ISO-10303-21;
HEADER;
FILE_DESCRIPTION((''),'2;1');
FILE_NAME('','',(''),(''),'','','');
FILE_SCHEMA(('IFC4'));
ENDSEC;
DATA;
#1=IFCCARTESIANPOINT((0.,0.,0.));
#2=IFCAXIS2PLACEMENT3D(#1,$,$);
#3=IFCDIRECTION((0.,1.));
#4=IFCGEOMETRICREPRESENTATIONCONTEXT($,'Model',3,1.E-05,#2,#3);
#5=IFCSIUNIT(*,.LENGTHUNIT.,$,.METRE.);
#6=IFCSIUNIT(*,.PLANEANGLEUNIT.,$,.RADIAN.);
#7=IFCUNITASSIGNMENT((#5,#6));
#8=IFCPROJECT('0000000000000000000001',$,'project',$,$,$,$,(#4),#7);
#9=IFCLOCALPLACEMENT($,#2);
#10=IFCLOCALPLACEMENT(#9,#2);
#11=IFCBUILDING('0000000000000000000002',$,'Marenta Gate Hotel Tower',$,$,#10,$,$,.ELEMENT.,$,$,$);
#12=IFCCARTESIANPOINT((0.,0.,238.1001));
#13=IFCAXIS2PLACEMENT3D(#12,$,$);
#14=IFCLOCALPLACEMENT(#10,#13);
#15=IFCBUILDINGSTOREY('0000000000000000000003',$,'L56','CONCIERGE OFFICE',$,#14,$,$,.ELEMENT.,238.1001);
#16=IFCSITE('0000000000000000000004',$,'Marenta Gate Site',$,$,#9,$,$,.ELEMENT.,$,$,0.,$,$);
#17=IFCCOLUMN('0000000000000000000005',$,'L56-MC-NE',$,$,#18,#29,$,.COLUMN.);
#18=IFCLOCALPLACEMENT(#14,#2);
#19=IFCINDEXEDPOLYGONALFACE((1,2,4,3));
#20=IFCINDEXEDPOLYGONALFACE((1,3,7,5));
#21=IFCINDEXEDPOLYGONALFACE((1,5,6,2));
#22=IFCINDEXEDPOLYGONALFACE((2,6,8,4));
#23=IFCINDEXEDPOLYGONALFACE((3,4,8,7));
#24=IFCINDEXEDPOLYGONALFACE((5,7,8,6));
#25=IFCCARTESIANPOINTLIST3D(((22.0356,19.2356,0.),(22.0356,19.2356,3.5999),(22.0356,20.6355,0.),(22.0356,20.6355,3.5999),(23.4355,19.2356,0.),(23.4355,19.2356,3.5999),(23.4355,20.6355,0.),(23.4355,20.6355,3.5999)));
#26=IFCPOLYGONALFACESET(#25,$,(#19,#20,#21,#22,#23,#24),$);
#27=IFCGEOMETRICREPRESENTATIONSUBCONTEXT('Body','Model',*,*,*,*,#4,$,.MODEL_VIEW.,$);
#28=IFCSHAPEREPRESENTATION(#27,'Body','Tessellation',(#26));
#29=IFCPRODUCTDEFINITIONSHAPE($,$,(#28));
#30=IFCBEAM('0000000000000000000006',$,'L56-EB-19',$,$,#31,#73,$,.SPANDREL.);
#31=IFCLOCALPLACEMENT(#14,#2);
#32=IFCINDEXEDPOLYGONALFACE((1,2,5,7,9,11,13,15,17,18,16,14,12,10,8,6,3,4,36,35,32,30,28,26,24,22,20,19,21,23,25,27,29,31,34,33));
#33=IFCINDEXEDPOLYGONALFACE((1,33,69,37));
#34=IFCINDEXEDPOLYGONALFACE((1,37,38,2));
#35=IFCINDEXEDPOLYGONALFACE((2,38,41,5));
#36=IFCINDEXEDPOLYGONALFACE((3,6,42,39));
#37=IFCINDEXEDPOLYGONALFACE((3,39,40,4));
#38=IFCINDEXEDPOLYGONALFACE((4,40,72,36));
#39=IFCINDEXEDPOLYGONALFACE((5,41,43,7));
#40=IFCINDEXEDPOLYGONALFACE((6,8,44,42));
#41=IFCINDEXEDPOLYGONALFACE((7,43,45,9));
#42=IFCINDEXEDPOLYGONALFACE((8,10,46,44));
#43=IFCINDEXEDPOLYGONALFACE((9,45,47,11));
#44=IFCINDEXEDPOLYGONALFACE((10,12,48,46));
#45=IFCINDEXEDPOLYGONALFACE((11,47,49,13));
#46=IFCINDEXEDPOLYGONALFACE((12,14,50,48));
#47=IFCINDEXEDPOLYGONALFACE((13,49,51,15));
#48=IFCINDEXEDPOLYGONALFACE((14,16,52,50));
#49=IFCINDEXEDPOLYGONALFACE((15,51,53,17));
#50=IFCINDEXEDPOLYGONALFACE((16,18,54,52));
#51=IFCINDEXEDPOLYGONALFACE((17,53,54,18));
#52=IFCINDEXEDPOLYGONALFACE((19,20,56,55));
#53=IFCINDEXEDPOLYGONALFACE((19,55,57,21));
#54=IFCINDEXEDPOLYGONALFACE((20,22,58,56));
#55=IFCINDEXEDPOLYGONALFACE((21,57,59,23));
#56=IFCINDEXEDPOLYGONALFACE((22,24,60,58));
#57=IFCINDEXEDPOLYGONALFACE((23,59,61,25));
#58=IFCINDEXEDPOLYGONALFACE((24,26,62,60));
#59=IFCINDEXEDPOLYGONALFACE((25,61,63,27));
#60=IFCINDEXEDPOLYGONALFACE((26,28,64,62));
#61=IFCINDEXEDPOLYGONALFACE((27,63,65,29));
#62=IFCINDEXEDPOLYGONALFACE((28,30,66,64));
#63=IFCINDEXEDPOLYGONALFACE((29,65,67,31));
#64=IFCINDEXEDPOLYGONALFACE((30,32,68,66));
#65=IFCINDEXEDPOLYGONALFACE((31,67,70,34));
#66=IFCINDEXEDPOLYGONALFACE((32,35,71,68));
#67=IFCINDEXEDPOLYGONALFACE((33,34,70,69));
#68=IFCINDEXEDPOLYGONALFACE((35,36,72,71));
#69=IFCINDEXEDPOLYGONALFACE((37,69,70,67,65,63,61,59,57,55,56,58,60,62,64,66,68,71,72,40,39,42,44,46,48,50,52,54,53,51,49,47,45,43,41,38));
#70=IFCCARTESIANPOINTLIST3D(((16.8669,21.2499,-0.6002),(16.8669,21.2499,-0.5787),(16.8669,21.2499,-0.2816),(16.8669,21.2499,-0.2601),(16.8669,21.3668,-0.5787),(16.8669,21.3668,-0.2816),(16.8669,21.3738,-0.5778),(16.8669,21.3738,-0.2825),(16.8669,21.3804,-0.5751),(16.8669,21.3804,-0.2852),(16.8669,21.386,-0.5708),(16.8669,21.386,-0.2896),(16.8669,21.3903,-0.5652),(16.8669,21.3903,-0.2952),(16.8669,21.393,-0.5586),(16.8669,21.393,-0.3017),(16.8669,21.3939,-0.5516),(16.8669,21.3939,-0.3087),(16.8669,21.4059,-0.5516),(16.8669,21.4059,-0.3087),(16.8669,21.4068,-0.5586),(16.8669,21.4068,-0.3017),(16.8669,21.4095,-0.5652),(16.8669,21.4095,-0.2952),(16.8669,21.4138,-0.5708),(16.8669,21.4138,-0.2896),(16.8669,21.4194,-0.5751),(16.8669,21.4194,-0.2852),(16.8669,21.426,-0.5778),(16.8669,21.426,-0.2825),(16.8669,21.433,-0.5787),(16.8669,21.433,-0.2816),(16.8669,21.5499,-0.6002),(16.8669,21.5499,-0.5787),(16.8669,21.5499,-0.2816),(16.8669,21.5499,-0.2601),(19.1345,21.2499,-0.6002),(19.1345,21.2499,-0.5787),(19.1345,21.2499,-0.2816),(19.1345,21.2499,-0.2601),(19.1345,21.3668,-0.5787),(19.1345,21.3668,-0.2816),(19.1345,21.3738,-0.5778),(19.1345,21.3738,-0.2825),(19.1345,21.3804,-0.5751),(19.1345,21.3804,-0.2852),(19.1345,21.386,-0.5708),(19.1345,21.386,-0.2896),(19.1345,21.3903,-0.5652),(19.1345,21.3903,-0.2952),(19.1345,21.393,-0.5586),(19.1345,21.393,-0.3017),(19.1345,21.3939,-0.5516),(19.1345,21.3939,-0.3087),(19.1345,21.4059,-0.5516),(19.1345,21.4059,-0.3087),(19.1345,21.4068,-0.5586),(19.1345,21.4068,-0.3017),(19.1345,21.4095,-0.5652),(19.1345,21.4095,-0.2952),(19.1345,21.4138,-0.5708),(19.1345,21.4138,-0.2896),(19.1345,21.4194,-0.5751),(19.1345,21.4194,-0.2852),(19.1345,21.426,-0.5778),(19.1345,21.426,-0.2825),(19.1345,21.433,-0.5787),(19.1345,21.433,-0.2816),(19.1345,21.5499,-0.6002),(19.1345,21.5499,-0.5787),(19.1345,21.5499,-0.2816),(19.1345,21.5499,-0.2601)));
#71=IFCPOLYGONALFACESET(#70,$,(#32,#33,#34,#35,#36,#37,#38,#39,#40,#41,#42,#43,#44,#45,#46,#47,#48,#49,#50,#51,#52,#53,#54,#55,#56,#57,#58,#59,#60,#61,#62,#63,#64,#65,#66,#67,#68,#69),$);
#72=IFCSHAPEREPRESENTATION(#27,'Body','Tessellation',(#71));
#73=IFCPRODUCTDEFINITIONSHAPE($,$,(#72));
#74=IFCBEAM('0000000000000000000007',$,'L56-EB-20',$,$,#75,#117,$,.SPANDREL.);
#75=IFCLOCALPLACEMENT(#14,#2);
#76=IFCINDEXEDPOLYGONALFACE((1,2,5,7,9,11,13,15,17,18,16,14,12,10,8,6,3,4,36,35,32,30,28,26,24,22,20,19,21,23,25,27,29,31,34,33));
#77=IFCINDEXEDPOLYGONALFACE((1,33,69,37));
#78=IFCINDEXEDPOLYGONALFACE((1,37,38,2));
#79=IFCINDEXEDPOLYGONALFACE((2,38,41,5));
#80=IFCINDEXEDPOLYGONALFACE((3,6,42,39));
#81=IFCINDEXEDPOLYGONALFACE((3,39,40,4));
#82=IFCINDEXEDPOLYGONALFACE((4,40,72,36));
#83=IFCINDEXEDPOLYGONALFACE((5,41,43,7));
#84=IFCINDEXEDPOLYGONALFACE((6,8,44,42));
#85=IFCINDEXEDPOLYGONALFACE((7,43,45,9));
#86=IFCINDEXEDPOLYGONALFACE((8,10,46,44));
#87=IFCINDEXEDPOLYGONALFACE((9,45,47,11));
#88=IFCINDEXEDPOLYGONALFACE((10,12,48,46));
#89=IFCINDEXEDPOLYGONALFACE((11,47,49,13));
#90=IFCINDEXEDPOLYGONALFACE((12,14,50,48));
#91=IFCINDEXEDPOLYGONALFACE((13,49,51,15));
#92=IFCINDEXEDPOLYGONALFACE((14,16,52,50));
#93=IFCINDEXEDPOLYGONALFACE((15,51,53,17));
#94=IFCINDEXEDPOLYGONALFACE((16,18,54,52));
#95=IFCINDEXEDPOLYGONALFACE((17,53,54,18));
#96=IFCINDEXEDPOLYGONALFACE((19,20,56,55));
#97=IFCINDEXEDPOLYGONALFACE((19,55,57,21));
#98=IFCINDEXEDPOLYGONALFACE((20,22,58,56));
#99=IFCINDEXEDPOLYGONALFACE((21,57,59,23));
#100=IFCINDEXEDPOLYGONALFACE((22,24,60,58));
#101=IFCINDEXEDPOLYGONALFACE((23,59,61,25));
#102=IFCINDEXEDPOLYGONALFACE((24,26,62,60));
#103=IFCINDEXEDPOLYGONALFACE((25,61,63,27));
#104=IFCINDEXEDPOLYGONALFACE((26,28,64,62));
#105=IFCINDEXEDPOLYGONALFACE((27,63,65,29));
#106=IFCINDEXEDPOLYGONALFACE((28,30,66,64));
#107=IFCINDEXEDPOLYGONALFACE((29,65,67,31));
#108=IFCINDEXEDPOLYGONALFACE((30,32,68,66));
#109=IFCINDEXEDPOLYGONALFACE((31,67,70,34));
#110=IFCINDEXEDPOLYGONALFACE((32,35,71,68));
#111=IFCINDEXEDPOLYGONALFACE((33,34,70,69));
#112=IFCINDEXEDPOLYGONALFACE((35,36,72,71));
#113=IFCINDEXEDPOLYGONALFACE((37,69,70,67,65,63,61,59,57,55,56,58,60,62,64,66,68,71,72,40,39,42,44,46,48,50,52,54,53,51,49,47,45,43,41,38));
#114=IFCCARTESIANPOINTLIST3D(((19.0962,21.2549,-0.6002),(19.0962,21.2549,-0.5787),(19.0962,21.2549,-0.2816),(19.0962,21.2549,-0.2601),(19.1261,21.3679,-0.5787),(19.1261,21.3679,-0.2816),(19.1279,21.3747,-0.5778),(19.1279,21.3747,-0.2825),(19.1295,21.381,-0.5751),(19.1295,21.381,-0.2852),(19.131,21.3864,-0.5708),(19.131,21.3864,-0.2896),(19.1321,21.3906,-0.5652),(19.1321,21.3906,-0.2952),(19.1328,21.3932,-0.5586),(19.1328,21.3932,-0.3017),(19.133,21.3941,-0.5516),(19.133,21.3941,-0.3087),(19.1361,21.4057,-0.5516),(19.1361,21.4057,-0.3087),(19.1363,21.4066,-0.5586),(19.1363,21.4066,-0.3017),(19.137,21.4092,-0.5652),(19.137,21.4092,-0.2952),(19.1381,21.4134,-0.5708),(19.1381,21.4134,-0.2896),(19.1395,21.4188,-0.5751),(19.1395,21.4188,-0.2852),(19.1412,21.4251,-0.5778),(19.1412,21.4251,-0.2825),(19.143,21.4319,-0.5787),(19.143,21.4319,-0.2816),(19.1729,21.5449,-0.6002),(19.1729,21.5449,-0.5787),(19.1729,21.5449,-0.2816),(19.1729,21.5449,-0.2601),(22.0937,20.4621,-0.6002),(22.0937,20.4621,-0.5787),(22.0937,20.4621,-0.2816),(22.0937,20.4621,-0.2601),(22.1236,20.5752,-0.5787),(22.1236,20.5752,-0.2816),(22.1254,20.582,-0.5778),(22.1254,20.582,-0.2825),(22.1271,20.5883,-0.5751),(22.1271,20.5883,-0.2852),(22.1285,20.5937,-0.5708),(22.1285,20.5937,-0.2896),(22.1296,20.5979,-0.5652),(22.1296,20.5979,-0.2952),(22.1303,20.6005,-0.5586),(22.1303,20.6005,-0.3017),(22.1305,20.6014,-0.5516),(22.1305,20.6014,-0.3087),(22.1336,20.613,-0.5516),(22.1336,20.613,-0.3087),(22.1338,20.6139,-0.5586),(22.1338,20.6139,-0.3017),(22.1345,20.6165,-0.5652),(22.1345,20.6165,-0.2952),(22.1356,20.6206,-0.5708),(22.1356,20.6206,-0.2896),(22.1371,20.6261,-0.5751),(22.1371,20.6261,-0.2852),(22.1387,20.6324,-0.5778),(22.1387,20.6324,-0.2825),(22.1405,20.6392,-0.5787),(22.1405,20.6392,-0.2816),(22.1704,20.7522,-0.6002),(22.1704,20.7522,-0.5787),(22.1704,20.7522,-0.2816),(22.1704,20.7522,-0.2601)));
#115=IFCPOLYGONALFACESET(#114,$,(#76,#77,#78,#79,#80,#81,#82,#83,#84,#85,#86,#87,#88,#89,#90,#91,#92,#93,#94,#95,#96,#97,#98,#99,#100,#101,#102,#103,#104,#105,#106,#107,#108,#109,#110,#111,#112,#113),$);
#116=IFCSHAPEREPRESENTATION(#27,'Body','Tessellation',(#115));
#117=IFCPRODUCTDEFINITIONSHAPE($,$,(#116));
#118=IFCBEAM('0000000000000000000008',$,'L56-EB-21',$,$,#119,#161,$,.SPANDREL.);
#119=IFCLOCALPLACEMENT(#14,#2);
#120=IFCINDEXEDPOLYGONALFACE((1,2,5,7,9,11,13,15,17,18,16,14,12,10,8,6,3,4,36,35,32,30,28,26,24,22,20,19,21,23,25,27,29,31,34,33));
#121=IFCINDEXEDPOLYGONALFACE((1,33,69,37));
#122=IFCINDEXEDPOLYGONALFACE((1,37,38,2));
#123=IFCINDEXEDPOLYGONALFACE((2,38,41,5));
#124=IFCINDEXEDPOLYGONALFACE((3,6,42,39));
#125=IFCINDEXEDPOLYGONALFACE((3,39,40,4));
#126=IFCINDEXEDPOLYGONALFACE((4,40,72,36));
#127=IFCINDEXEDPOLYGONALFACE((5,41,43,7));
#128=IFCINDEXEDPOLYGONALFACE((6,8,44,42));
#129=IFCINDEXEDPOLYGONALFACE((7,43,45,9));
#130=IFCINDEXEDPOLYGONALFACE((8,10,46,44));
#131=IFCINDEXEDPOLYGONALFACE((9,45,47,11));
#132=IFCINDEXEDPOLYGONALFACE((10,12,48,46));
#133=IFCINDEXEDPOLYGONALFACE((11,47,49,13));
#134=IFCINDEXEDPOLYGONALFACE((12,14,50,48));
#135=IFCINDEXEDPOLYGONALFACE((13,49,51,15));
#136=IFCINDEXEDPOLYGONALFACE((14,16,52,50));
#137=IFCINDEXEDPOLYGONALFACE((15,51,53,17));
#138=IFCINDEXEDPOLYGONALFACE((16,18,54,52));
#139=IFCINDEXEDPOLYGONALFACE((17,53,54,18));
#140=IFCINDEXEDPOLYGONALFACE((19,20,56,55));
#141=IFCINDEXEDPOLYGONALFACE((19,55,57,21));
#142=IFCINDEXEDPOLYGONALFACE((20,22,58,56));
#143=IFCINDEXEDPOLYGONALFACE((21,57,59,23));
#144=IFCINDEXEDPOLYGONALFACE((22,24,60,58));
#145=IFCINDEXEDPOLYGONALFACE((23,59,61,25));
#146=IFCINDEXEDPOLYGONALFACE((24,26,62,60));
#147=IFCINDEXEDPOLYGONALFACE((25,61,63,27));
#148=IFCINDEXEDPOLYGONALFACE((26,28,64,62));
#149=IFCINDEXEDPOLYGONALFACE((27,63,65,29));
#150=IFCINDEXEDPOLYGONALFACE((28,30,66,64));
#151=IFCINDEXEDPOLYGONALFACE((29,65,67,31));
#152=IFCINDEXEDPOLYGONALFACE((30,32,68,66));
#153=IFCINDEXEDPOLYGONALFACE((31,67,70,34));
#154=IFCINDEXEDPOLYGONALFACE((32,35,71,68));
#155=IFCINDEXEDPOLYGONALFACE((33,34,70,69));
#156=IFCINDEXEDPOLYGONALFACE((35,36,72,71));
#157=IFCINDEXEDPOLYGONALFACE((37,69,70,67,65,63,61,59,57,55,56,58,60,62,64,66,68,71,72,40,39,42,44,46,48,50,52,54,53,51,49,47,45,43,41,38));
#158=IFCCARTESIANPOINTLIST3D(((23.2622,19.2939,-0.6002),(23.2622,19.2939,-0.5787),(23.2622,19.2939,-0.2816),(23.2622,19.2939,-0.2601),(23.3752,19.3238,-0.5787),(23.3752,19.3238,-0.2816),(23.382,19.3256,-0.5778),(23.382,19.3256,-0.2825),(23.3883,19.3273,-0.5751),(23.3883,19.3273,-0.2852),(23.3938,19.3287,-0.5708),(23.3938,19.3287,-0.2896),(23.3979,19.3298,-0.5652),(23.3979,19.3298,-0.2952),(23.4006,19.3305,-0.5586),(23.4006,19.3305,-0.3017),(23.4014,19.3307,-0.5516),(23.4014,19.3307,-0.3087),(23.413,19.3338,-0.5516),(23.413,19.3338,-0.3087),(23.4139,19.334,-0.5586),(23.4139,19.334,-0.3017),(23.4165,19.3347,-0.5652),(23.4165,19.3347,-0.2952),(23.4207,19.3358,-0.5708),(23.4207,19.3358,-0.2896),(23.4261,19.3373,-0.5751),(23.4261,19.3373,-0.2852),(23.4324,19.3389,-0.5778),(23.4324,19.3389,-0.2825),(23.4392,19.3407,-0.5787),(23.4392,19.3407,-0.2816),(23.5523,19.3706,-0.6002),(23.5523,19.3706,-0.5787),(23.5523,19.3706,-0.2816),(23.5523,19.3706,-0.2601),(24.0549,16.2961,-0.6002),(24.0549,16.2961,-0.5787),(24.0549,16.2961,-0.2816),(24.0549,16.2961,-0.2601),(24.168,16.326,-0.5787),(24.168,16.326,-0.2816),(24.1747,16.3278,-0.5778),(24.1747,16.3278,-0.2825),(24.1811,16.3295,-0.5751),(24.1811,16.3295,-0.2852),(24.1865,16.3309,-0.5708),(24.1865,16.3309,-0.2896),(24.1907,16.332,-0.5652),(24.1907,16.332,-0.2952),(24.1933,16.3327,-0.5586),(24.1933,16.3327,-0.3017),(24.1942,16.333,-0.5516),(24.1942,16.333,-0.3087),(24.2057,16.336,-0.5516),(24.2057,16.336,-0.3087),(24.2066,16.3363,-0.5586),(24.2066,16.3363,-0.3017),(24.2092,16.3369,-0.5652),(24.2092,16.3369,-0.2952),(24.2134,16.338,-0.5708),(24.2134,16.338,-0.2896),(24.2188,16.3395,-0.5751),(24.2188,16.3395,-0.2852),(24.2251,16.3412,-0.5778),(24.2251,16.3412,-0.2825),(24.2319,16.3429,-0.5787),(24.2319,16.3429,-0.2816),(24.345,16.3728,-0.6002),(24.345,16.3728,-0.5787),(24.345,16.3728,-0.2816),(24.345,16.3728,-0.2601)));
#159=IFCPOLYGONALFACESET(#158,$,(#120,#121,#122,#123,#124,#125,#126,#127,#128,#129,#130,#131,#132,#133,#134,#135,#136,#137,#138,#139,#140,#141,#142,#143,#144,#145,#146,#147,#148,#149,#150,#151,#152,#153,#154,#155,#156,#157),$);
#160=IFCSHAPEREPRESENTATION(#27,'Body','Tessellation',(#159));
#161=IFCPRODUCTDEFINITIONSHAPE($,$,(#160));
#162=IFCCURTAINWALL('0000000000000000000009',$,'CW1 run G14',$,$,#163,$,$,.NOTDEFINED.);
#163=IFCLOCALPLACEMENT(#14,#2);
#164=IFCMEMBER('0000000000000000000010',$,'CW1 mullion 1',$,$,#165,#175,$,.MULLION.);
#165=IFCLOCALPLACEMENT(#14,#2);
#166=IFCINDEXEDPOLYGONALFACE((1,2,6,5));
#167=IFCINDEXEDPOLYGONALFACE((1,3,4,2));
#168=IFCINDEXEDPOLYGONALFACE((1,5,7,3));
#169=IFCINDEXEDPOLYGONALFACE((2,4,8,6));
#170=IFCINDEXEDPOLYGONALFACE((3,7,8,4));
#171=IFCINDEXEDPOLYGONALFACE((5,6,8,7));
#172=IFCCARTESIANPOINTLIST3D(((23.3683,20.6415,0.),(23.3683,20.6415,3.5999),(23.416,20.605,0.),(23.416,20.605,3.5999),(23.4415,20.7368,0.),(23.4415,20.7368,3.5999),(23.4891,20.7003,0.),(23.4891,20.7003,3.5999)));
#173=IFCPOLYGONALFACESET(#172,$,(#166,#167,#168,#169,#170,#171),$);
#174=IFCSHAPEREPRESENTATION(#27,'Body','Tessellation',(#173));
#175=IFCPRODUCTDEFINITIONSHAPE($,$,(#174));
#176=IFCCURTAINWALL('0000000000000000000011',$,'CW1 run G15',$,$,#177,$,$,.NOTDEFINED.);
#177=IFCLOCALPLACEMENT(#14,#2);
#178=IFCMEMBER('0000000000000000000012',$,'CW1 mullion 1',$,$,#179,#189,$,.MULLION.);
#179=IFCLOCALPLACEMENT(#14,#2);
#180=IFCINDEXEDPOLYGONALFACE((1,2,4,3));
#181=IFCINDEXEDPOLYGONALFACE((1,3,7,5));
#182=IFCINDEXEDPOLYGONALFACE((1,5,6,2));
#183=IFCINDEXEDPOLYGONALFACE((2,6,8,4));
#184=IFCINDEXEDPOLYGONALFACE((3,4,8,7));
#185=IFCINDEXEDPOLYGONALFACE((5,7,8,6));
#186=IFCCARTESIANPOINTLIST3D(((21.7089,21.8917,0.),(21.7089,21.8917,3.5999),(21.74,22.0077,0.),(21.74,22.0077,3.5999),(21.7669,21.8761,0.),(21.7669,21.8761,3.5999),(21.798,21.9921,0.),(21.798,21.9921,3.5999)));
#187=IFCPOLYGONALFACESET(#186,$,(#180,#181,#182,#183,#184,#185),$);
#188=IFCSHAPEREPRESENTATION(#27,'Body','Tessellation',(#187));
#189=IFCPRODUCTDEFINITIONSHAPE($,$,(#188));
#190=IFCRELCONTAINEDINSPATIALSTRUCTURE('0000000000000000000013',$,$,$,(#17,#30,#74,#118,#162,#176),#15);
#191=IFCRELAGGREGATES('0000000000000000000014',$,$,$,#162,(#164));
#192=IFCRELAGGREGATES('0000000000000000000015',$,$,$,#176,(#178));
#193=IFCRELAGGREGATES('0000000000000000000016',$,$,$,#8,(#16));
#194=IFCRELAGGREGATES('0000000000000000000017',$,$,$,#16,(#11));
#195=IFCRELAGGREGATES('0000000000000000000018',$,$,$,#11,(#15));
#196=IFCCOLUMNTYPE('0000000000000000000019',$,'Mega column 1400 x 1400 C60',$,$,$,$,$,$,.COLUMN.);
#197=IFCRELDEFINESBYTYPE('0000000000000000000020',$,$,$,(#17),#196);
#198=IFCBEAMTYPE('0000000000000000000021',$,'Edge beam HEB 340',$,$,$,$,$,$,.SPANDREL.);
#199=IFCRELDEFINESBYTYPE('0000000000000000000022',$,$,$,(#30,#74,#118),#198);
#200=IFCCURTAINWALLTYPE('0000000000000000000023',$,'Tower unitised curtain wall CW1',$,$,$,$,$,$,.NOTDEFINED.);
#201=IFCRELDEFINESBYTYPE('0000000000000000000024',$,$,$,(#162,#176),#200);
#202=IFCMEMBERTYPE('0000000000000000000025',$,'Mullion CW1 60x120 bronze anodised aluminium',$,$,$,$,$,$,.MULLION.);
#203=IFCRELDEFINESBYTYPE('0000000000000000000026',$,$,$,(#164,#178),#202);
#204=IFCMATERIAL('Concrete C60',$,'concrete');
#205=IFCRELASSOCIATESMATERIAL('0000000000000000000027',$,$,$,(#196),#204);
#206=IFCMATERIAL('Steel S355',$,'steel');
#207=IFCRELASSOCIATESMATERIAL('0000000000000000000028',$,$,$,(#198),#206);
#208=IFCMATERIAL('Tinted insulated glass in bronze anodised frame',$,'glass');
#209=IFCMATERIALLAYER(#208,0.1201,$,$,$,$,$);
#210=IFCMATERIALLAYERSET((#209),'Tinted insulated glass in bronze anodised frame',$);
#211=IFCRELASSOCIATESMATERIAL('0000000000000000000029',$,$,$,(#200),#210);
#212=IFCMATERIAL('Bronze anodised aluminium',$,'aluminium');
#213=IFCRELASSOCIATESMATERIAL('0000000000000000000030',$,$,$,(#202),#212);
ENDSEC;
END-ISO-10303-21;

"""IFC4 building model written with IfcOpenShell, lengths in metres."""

from ifc_helpers import new_model, si_unit, direction, frame, origin, origin_2d, place, context, subcontext, project, spatial, rectangle, i_section, extrude, material, layer, layer_set, material_profile, profile_set, type_object, element, aggregate, save


model = new_model("IFC4")

# Units and contexts
model_context = context("Model", 3, precision=1e-05, world=origin(), true_north=direction((0.0, 1.0)))
body_context = subcontext(model_context, "Body", "Model", "MODEL_VIEW")
ifc_project = project(units=[si_unit("LENGTHUNIT", "METRE"), si_unit("PLANEANGLEUNIT", "RADIAN")], contexts=[model_context])

# Site, building, storey
site_placement = place(None, origin())
site = spatial("IfcSite", under=ifc_project, at=site_placement, Name="Marenta Gate Site", CompositionType="ELEMENT", RefElevation=0.0)
building_placement = place(site_placement, origin())
building = spatial("IfcBuilding", under=site, at=building_placement, Name="Marenta Gate Hotel Tower", CompositionType="ELEMENT")
storey_placement = place(building_placement, frame((0.0, 0.0, 238.1001)))
storey = spatial("IfcBuildingStorey", under=building, at=storey_placement, Name="L56", Description="CONCIERGE OFFICE", CompositionType="ELEMENT", Elevation=238.1001)

# Column
ifc_material_1 = material(Name="Concrete C60", Category="concrete")
ifc_material_profile_1 = material_profile(ifc_material_1, rectangle(XDim=1.3999, YDim=1.3999, at=origin_2d()), Name="1400 x 1400")
ifc_profile_set_1 = profile_set([ifc_material_profile_1], Name="Concrete C60")
column_type = type_object("IfcColumnType", Name="Mega column 1400 x 1400 C60", PredefinedType="COLUMN", material=ifc_profile_set_1)
column_placement = place(storey_placement, frame((22.7356, 19.9355, 0.0), z_axis=(0.0, 0.0, 1.0), x_axis=(1.0, 0.0, 0.0)))
element("IfcColumn", 1, at=column_placement, inside=storey, type_object=column_type, Name="L56-MC-NE", PredefinedType="COLUMN", context=body_context, shape_type="SweptSolid", body=[
    extrude(rectangle(XDim=1.3999, YDim=1.3999, at=origin_2d()), origin(), (0.0, 0.0, 1.0), 3.5999),
])

# Beams
ifc_material_2 = material(Name="Steel S355", Category="steel")
ifc_material_profile_2 = material_profile(ifc_material_2, i_section(OverallWidth=0.3, OverallDepth=0.3401, WebThickness=0.012, FlangeThickness=0.0215, FilletRadius=0.0271, at=origin_2d()), Name="HEB 340")
ifc_profile_set_2 = profile_set([ifc_material_profile_2], Name="Steel S355")
beam_type = type_object("IfcBeamType", Name="Edge beam HEB 340", PredefinedType="SPANDREL", material=ifc_profile_set_2)
beam_1_placement = place(storey_placement, frame((16.8669, 21.3999, -0.4302), z_axis=(1.0, 0.0, 0.0), x_axis=(0.0, 1.0, 0.0)))
element("IfcBeam", 2, at=beam_1_placement, inside=storey, type_object=beam_type, Name="L56-EB-19", PredefinedType="SPANDREL", context=body_context, shape_type="SweptSolid", body=[
    extrude(i_section(OverallWidth=0.3, OverallDepth=0.3401, WebThickness=0.012, FlangeThickness=0.0215, FilletRadius=0.0271, at=origin_2d()), origin(), (0.0, 0.0, 1.0), 2.2676),
])
beam_2_placement = place(storey_placement, frame((19.1345, 21.3999, -0.4302), z_axis=(0.966765, -0.255667, 0.0), x_axis=(0.255667, 0.966765, 0.0)))
element("IfcBeam", 3, at=beam_2_placement, inside=storey, type_object=beam_type, Name="L56-EB-20", PredefinedType="SPANDREL", context=body_context, shape_type="SweptSolid", body=[
    extrude(i_section(OverallWidth=0.3, OverallDepth=0.3401, WebThickness=0.012, FlangeThickness=0.0215, FilletRadius=0.0271, at=origin_2d()), origin(), (0.0, 0.0, 1.0), 3.1006),
])
beam_3_placement = place(storey_placement, frame((23.4072, 19.3323, -0.4302), z_axis=(0.255648, -0.96677, 0.0), x_axis=(0.96677, 0.255648, 0.0)))
element("IfcBeam", 4, at=beam_3_placement, inside=storey, type_object=beam_type, Name="L56-EB-21", PredefinedType="SPANDREL", context=body_context, shape_type="SweptSolid", body=[
    extrude(i_section(OverallWidth=0.3, OverallDepth=0.3401, WebThickness=0.012, FlangeThickness=0.0215, FilletRadius=0.0271, at=origin_2d()), origin(), (0.0, 0.0, 1.0), 3.1008),
])

# Curtain wall, member
ifc_material_3 = material(Name="Tinted insulated glass in bronze anodised frame", Category="glass")
ifc_layer_1 = layer(ifc_material_3, 0.1201)
ifc_layer_set_1 = layer_set([ifc_layer_1], Name="Tinted insulated glass in bronze anodised frame")
curtain_wall_type = type_object("IfcCurtainWallType", Name="Tower unitised curtain wall CW1", PredefinedType="NOTDEFINED", material=ifc_layer_set_1)
curtain_wall_1_placement = place(storey_placement, origin())
curtain_wall_1 = element("IfcCurtainWall", 5, at=curtain_wall_1_placement, inside=storey, type_object=curtain_wall_type, Name="CW1 run G14", PredefinedType="NOTDEFINED")
ifc_material_4 = material(Name="Bronze anodised aluminium", Category="aluminium")
ifc_material_profile_3 = material_profile(ifc_material_4, rectangle(XDim=0.1201, YDim=0.0601, at=origin_2d()), Name="Mullion CW1 60x120 bronze anodised aluminium")
ifc_profile_set_3 = profile_set([ifc_material_profile_3], Name="Bronze anodised aluminium")
member_type_1 = type_object("IfcMemberType", Name="Mullion CW1 60x120 bronze anodised aluminium", PredefinedType="MULLION", material=ifc_profile_set_3)
member_1_placement = place(storey_placement, frame((23.4287, 20.6709, 0.0), z_axis=(0.0, 0.0, 1.0), x_axis=(-0.608787, -0.793333, 0.0)))
member_1 = element("IfcMember", 6, at=member_1_placement, type_object=member_type_1, Name="CW1 mullion 1", PredefinedType="MULLION", context=body_context, shape_type="SweptSolid", body=[
    extrude(rectangle(XDim=0.1201, YDim=0.0601, at=origin_2d()), origin(), (0.0, 0.0, 1.0), 3.5999),
])

# Curtain wall, member
curtain_wall_2_placement = place(storey_placement, origin())
curtain_wall_2 = element("IfcCurtainWall", 7, at=curtain_wall_2_placement, inside=storey, type_object=curtain_wall_type, Name="CW1 run G15", PredefinedType="NOTDEFINED")
member_2_placement = place(storey_placement, frame((21.7534, 21.9419, 0.0), z_axis=(0.0, 0.0, 1.0), x_axis=(-0.258805, -0.96593, 0.0)))
member_2 = element("IfcMember", 8, at=member_2_placement, type_object=member_type_1, Name="CW1 mullion 1", PredefinedType="MULLION", context=body_context, shape_type="SweptSolid", body=[
    extrude(rectangle(XDim=0.1201, YDim=0.0601, at=origin_2d()), origin(), (0.0, 0.0, 1.0), 3.5999),
])

aggregate(curtain_wall_1, [member_1])
aggregate(curtain_wall_2, [member_2])

save(model, "model.ifc")
